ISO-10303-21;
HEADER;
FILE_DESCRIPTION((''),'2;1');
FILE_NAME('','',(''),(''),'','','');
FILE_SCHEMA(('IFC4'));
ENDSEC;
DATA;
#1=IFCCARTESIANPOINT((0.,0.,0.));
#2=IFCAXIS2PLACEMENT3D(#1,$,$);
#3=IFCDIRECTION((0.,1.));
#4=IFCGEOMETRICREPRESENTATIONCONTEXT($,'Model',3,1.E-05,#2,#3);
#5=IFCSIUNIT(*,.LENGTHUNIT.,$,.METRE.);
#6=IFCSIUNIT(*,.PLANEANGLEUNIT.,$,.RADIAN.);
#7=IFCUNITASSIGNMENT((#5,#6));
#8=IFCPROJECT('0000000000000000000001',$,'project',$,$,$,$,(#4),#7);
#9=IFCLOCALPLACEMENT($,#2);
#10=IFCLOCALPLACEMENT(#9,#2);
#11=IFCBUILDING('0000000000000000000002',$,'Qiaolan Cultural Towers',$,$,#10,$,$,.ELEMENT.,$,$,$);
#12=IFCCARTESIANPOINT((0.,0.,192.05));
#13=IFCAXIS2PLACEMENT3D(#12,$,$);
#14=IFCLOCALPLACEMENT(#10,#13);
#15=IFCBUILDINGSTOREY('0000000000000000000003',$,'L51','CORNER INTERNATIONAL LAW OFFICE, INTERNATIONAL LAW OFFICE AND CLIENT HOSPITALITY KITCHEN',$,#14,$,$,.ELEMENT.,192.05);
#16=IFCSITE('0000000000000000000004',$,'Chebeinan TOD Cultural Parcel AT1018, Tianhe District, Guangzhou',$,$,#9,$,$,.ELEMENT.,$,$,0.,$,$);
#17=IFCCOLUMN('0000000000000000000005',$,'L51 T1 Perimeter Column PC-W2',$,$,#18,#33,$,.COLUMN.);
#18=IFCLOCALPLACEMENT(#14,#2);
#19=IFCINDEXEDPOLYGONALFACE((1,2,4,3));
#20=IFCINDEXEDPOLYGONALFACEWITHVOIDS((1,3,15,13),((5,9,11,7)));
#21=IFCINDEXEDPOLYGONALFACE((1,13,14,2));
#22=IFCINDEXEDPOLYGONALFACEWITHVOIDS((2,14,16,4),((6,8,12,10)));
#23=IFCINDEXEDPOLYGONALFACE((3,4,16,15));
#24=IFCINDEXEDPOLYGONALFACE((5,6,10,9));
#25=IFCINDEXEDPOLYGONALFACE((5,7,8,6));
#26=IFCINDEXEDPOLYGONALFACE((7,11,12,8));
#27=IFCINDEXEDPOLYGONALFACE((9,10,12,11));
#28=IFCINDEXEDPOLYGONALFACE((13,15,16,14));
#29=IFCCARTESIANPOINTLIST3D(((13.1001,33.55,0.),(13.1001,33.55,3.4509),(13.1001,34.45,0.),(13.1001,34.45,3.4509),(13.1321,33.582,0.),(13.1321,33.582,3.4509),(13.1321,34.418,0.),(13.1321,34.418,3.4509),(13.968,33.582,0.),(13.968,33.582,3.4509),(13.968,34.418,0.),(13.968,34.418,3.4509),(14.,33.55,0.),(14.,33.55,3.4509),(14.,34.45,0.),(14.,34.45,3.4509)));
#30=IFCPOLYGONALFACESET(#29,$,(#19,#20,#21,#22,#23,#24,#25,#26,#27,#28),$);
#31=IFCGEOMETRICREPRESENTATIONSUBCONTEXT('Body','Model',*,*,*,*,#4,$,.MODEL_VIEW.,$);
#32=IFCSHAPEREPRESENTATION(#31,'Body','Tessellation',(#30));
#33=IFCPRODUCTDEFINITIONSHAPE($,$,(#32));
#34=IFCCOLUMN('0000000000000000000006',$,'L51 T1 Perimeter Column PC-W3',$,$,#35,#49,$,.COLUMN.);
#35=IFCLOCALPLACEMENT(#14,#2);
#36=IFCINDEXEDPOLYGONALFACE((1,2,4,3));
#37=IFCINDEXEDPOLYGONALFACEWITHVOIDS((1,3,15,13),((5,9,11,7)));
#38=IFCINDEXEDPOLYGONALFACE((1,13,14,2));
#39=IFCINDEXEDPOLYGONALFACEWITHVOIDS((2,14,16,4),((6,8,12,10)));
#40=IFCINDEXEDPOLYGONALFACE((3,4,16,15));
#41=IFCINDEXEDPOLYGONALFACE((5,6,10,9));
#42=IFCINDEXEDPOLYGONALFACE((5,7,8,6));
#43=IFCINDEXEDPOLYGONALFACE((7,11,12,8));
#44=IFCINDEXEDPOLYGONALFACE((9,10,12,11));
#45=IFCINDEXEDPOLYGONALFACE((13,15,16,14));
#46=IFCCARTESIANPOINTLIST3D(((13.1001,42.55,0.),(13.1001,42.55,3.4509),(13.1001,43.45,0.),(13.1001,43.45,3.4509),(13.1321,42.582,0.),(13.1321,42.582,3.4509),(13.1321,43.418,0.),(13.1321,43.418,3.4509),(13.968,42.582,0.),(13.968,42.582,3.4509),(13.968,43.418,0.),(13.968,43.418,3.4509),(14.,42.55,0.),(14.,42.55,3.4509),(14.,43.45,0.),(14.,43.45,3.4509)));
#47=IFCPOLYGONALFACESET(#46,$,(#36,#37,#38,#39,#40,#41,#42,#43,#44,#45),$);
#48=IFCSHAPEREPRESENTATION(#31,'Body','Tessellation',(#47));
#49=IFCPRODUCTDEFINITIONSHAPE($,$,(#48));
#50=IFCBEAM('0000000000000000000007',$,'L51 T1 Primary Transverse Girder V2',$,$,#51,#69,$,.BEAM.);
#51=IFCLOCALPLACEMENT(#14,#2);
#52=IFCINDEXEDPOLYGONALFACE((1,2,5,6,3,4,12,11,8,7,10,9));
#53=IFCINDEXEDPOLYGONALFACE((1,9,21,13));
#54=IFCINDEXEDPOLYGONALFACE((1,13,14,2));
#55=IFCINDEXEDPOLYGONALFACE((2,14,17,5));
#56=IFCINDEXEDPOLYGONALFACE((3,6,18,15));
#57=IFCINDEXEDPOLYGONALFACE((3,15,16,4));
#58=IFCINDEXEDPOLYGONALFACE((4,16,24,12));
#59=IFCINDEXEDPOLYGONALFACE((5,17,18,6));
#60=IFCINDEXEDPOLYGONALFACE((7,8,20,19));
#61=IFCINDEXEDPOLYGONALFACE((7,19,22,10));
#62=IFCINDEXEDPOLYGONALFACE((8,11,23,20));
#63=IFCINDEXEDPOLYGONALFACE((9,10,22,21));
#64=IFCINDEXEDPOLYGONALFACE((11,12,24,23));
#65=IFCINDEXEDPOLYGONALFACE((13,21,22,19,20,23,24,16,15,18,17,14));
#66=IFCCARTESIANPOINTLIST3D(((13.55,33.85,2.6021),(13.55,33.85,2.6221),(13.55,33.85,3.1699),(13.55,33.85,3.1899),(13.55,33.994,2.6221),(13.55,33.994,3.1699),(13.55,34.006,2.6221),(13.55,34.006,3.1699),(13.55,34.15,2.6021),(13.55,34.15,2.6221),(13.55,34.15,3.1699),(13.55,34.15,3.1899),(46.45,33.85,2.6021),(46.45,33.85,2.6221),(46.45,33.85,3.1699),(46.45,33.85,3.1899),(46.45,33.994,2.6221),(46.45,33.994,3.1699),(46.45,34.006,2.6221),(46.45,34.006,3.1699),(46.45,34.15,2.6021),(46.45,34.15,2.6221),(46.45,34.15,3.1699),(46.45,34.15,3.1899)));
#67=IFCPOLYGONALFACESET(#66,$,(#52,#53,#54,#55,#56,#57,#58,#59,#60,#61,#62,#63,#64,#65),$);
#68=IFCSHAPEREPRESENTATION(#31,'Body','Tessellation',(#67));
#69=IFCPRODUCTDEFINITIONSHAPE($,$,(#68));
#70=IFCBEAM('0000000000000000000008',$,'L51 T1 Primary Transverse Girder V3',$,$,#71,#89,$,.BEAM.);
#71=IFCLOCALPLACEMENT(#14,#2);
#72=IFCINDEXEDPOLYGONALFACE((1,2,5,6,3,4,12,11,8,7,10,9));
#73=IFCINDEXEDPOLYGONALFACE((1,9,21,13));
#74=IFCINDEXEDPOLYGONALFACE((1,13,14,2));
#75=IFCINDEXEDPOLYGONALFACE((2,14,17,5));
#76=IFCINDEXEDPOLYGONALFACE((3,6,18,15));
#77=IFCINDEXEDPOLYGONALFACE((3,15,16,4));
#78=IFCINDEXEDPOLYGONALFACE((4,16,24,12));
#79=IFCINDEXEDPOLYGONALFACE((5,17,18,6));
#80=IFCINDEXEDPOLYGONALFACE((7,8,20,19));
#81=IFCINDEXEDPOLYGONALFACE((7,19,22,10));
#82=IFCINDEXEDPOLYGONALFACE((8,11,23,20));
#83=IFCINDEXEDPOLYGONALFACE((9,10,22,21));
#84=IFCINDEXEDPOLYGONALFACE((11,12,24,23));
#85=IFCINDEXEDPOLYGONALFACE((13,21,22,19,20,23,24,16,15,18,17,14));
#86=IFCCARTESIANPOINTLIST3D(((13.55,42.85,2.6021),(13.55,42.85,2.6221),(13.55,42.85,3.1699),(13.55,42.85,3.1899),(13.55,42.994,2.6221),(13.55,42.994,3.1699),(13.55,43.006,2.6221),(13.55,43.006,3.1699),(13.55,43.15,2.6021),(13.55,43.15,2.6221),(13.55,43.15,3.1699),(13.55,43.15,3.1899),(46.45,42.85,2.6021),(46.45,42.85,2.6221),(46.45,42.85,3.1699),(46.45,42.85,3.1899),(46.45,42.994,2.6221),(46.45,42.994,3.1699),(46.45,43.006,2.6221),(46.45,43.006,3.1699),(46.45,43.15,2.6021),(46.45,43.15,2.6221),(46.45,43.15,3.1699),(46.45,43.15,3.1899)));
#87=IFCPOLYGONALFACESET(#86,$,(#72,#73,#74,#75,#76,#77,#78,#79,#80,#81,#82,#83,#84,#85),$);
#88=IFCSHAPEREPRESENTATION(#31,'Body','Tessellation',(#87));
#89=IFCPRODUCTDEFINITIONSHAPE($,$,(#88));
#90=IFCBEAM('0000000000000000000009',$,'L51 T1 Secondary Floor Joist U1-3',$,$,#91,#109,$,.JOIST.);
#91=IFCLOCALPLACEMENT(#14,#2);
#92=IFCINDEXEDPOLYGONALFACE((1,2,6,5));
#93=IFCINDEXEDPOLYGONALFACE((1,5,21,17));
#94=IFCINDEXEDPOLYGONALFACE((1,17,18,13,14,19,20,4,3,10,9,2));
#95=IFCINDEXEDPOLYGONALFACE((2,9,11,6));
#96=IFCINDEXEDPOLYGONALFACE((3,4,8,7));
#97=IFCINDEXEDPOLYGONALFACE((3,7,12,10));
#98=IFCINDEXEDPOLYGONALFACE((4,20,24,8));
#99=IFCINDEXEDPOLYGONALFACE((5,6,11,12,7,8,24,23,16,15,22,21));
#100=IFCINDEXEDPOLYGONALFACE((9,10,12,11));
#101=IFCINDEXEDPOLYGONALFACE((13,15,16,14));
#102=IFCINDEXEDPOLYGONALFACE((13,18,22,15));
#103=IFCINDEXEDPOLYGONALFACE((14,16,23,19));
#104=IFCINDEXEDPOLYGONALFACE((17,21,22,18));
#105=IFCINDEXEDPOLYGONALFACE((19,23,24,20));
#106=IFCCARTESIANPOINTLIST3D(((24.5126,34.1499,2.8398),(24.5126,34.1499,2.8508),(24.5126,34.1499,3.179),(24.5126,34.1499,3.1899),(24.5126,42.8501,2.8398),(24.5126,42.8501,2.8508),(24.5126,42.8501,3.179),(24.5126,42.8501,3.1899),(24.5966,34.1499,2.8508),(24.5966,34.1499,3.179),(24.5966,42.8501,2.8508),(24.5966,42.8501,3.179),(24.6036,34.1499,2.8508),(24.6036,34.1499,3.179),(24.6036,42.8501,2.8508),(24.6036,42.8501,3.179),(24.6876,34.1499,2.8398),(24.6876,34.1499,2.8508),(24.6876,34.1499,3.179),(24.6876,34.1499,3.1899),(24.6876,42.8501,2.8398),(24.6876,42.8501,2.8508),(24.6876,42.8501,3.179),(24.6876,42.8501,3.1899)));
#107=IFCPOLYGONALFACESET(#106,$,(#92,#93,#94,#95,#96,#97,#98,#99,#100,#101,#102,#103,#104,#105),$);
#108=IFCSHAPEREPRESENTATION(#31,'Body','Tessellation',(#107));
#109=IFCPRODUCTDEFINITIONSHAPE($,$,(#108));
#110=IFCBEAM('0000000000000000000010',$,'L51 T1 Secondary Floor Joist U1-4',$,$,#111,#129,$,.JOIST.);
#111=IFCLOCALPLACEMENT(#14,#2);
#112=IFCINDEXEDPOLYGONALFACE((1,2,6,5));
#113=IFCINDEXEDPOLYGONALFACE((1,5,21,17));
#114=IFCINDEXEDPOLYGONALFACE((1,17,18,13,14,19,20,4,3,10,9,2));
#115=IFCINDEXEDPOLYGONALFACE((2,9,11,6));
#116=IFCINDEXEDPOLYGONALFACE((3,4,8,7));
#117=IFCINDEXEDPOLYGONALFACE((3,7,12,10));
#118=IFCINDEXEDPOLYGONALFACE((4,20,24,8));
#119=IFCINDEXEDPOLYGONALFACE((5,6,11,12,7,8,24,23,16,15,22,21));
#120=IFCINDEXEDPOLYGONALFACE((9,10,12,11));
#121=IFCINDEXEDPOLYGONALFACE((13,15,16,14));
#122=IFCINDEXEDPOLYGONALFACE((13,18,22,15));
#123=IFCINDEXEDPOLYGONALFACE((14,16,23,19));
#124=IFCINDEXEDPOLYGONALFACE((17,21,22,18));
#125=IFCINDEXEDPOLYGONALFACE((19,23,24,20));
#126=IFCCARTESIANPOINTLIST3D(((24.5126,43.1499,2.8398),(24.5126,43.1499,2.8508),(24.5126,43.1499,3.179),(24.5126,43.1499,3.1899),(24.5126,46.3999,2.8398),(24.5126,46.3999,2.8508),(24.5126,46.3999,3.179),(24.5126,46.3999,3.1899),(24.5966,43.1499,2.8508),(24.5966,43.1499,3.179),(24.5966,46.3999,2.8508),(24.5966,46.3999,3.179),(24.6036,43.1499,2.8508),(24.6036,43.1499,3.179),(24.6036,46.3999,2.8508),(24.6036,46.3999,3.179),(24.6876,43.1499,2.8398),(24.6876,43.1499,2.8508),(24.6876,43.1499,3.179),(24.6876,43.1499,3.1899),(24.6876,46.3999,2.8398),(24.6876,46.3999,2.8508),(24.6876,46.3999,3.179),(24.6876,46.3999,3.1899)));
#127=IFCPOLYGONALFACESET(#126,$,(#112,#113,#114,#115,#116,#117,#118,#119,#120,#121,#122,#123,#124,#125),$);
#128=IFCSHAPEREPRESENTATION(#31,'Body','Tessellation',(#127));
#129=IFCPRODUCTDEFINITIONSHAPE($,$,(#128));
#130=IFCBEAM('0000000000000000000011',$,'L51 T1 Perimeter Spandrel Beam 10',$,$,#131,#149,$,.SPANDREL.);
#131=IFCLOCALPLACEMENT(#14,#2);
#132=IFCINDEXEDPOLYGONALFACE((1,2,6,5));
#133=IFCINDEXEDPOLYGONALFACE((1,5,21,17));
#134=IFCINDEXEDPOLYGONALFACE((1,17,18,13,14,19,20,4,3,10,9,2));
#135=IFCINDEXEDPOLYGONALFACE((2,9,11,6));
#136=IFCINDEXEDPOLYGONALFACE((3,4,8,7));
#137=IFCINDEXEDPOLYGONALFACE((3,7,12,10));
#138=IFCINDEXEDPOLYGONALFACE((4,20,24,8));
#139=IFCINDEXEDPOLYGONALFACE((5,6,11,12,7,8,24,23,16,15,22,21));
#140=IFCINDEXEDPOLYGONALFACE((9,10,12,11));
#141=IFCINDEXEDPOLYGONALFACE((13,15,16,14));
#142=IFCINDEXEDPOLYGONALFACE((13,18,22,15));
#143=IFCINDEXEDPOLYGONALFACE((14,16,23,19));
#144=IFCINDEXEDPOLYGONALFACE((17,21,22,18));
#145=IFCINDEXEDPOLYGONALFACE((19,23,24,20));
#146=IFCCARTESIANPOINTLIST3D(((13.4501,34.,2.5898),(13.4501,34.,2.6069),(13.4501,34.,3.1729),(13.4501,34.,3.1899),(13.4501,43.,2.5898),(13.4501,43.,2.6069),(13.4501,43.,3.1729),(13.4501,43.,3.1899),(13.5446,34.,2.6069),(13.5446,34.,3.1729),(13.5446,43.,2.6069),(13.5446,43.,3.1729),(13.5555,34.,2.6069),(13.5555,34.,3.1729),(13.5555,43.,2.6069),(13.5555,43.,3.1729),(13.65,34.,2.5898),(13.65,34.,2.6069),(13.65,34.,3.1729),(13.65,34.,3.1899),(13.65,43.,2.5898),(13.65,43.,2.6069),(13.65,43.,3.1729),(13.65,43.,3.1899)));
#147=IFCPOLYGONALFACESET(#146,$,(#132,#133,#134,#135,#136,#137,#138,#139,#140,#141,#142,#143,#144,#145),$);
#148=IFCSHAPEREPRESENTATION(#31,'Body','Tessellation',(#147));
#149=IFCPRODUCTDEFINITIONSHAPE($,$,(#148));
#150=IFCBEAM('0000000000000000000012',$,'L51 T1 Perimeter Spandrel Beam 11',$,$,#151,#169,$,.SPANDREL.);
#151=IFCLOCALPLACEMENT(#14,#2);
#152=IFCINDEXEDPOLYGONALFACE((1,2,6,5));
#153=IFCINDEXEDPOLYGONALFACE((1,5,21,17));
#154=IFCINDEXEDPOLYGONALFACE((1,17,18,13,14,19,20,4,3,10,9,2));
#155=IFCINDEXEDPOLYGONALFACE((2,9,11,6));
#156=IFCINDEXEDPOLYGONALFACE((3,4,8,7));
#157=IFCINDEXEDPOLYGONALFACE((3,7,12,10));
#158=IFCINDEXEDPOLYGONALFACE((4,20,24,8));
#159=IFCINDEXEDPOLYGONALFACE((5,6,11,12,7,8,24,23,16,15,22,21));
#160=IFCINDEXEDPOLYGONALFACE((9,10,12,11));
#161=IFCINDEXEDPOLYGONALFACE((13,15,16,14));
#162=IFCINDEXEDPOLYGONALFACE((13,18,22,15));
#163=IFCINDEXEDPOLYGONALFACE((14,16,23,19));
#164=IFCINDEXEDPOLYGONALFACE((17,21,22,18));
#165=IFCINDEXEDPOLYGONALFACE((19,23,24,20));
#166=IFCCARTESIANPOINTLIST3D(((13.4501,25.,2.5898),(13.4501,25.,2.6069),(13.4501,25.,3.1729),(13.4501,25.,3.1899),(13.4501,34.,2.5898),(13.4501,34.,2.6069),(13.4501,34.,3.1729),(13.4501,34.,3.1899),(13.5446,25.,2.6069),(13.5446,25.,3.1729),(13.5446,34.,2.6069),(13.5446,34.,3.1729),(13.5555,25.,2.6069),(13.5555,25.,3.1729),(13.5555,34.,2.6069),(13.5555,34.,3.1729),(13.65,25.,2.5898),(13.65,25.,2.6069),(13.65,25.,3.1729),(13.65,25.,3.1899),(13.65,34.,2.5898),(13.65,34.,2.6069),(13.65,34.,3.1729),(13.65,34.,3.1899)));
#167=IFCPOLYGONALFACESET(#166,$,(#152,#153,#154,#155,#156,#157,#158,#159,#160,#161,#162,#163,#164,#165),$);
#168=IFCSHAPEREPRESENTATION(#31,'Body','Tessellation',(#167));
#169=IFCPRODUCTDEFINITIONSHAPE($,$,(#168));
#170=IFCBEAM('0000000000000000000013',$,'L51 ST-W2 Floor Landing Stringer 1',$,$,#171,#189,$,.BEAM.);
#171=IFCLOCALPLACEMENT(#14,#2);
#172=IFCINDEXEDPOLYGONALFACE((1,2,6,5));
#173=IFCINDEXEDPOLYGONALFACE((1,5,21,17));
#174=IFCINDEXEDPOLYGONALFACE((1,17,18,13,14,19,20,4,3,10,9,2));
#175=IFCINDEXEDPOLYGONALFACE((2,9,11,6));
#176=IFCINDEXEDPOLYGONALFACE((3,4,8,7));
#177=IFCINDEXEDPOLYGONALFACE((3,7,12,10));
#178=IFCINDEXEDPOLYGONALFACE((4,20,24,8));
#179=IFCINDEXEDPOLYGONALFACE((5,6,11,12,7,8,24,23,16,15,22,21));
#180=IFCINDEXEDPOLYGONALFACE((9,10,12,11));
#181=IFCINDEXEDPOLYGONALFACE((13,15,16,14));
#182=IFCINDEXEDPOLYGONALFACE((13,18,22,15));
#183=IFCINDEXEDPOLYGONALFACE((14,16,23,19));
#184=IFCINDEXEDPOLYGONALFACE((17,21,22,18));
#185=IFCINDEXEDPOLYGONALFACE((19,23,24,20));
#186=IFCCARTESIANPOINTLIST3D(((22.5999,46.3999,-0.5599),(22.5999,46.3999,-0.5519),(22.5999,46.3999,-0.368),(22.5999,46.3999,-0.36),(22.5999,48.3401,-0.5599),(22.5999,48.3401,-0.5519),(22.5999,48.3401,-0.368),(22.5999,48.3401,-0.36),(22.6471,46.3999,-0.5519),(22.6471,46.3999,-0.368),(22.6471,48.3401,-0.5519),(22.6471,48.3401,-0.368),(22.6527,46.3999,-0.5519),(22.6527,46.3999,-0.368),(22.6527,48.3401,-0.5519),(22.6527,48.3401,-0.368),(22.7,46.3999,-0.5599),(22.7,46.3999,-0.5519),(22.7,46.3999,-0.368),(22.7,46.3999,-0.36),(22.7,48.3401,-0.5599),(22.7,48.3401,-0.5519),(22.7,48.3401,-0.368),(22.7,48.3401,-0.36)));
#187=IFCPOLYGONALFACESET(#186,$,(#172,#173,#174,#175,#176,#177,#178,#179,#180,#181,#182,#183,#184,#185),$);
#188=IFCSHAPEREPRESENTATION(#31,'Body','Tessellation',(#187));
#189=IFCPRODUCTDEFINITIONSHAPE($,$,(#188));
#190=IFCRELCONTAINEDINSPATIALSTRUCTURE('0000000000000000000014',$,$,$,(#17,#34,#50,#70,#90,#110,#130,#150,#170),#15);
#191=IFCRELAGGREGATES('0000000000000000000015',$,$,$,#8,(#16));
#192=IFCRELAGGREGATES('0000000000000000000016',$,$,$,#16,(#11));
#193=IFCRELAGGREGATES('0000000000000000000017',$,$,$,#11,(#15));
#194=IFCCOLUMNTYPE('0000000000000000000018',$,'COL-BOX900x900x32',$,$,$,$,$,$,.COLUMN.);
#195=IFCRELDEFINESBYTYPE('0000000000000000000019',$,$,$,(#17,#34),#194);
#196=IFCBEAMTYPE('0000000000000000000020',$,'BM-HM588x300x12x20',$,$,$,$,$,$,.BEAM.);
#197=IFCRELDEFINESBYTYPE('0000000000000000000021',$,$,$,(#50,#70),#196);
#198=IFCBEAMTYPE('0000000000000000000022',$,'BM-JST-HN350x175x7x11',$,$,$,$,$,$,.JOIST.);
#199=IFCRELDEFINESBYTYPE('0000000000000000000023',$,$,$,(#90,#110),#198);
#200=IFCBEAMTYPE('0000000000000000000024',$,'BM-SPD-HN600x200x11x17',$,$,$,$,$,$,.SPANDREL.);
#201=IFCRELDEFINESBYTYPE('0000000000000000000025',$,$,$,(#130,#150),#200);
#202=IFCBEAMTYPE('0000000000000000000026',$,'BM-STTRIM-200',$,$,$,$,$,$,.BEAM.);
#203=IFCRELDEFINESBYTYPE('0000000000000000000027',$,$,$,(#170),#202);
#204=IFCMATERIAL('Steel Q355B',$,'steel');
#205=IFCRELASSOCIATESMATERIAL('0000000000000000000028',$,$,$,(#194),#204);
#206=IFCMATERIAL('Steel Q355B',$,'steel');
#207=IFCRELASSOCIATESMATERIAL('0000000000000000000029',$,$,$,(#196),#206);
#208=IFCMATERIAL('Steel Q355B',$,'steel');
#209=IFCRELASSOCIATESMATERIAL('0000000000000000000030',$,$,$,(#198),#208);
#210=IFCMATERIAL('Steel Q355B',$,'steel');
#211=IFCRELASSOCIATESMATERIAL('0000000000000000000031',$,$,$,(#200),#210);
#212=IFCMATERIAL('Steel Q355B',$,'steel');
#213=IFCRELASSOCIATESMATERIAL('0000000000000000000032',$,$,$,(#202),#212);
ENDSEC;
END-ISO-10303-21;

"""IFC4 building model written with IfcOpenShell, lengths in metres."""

from ifc_helpers import new_model, si_unit, direction, frame, origin, origin_2d, place, context, subcontext, project, spatial, hollow_rectangle, i_section, extrude, material, material_profile, profile_set, type_object, element, save


model = new_model("IFC4")

# Units and contexts
model_context = context("Model", 3, precision=1e-05, world=origin(), true_north=direction((0.0, 1.0)))
body_context = subcontext(model_context, "Body", "Model", "MODEL_VIEW")
ifc_project = project(units=[si_unit("LENGTHUNIT", "METRE"), si_unit("PLANEANGLEUNIT", "RADIAN")], contexts=[model_context])

# Site, building, storey
site_placement = place(None, origin())
site = spatial("IfcSite", under=ifc_project, at=site_placement, Name="Chebeinan TOD Cultural Parcel AT1018, Tianhe District, Guangzhou", CompositionType="ELEMENT", RefElevation=0.0)
building_placement = place(site_placement, origin())
building = spatial("IfcBuilding", under=site, at=building_placement, Name="Qiaolan Cultural Towers", CompositionType="ELEMENT")
storey_placement = place(building_placement, frame((0.0, 0.0, 192.05)))
storey = spatial("IfcBuildingStorey", under=building, at=storey_placement, Name="L51", Description="CORNER INTERNATIONAL LAW OFFICE, INTERNATIONAL LAW OFFICE AND CLIENT HOSPITALITY KITCHEN", CompositionType="ELEMENT", Elevation=192.05)

# Columns
ifc_material_1 = material(Name="Steel Q355B", Category="steel")
ifc_material_profile_1 = material_profile(ifc_material_1, hollow_rectangle(XDim=0.8999, YDim=0.8999, WallThickness=0.032, at=origin_2d()), Name="BOX900x900x32")
ifc_profile_set_1 = profile_set([ifc_material_profile_1], Name="Steel Q355B")
column_type = type_object("IfcColumnType", Name="COL-BOX900x900x32", PredefinedType="COLUMN", material=ifc_profile_set_1)
for number, where, z_axis, x_axis, name in (
    (1, (13.55, 34.0, 0.0), (0.0, 0.0, 1.0), (1.0, 0.0, 0.0), "L51 T1 Perimeter Column PC-W2"),
    (2, (13.55, 43.0, 0.0), (0.0, 0.0, 1.0), (1.0, 0.0, 0.0), "L51 T1 Perimeter Column PC-W3"),
):
    element("IfcColumn", number, at=place(storey_placement, frame(where, z_axis=z_axis, x_axis=x_axis)), inside=storey, type_object=column_type, Name=name, PredefinedType="COLUMN", context=body_context, shape_type="SweptSolid", body=[
        extrude(hollow_rectangle(XDim=0.8999, YDim=0.8999, WallThickness=0.032, at=origin_2d()), origin(), (0.0, 0.0, 1.0), 3.4509),
    ])

# Beams
ifc_material_2 = material(Name="Steel Q355B", Category="steel")
ifc_material_profile_2 = material_profile(ifc_material_2, i_section(OverallWidth=0.3, OverallDepth=0.5879, WebThickness=0.012, FlangeThickness=0.02, at=origin_2d()), Name="HM588x300x12x20")
ifc_profile_set_2 = profile_set([ifc_material_profile_2], Name="Steel Q355B")
beam_type_1 = type_object("IfcBeamType", Name="BM-HM588x300x12x20", PredefinedType="BEAM", material=ifc_profile_set_2)
for number, where, z_axis, x_axis, name in (
    (3, (13.55, 34.0, 2.896), (1.0, 0.0, 0.0), (0.0, 1.0, 0.0), "L51 T1 Primary Transverse Girder V2"),
    (4, (13.55, 43.0, 2.896), (1.0, 0.0, 0.0), (0.0, 1.0, 0.0), "L51 T1 Primary Transverse Girder V3"),
):
    element("IfcBeam", number, at=place(storey_placement, frame(where, z_axis=z_axis, x_axis=x_axis)), inside=storey, type_object=beam_type_1, Name=name, PredefinedType="BEAM", context=body_context, shape_type="SweptSolid", body=[
        extrude(i_section(OverallWidth=0.3, OverallDepth=0.5879, WebThickness=0.012, FlangeThickness=0.02, at=origin_2d()), origin(), (0.0, 0.0, 1.0), 32.8999),
    ])
ifc_material_3 = material(Name="Steel Q355B", Category="steel")
ifc_material_profile_3 = material_profile(ifc_material_3, i_section(OverallWidth=0.175, OverallDepth=0.3501, WebThickness=0.0071, FlangeThickness=0.011, at=origin_2d()), Name="HN350x175x7x11")
ifc_profile_set_3 = profile_set([ifc_material_profile_3], Name="Steel Q355B")
beam_type_2 = type_object("IfcBeamType", Name="BM-JST-HN350x175x7x11", PredefinedType="JOIST", material=ifc_profile_set_3)
beam_1_placement = place(storey_placement, frame((24.6001, 34.1499, 3.0149), z_axis=(0.0, 1.0, 0.0), x_axis=(-1.0, 0.0, 0.0)))
element("IfcBeam", 5, at=beam_1_placement, inside=storey, type_object=beam_type_2, Name="L51 T1 Secondary Floor Joist U1-3", PredefinedType="JOIST", context=body_context, shape_type="SweptSolid", body=[
    extrude(i_section(OverallWidth=0.175, OverallDepth=0.3501, WebThickness=0.0071, FlangeThickness=0.011, at=origin_2d()), origin(), (0.0, 0.0, 1.0), 8.7002),
])
beam_2_placement = place(storey_placement, frame((24.6001, 43.1499, 3.0149), z_axis=(0.0, 1.0, 0.0), x_axis=(-1.0, 0.0, 0.0)))
element("IfcBeam", 6, at=beam_2_placement, inside=storey, type_object=beam_type_2, Name="L51 T1 Secondary Floor Joist U1-4", PredefinedType="JOIST", context=body_context, shape_type="SweptSolid", body=[
    extrude(i_section(OverallWidth=0.175, OverallDepth=0.3501, WebThickness=0.0071, FlangeThickness=0.011, at=origin_2d()), origin(), (0.0, 0.0, 1.0), 3.25),
])
ifc_material_4 = material(Name="Steel Q355B", Category="steel")
ifc_material_profile_4 = material_profile(ifc_material_4, i_section(OverallWidth=0.2, OverallDepth=0.6001, WebThickness=0.011, FlangeThickness=0.0171, at=origin_2d()), Name="HN600x200x11x17")
ifc_profile_set_4 = profile_set([ifc_material_profile_4], Name="Steel Q355B")
beam_type_3 = type_object("IfcBeamType", Name="BM-SPD-HN600x200x11x17", PredefinedType="SPANDREL", material=ifc_profile_set_4)
for number, where, z_axis, x_axis, name in (
    (7, (13.55, 43.0, 2.8899), (0.0, -1.0, 0.0), (1.0, 0.0, 0.0), "L51 T1 Perimeter Spandrel Beam 10"),
    (8, (13.55, 34.0, 2.8899), (0.0, -1.0, 0.0), (1.0, 0.0, 0.0), "L51 T1 Perimeter Spandrel Beam 11"),
):
    element("IfcBeam", number, at=place(storey_placement, frame(where, z_axis=z_axis, x_axis=x_axis)), inside=storey, type_object=beam_type_3, Name=name, PredefinedType="SPANDREL", context=body_context, shape_type="SweptSolid", body=[
        extrude(i_section(OverallWidth=0.2, OverallDepth=0.6001, WebThickness=0.011, FlangeThickness=0.0171, at=origin_2d()), origin(), (0.0, 0.0, 1.0), 9.0),
    ])
ifc_material_5 = material(Name="Steel Q355B", Category="steel")
ifc_material_profile_5 = material_profile(ifc_material_5, i_section(OverallWidth=0.1001, OverallDepth=0.2, WebThickness=0.0056, FlangeThickness=0.0081, at=origin_2d()), Name="HN200x100x5.5x8")
ifc_profile_set_5 = profile_set([ifc_material_profile_5], Name="Steel Q355B")
beam_type_4 = type_object("IfcBeamType", Name="BM-STTRIM-200", PredefinedType="BEAM", material=ifc_profile_set_5)
for number, where, z_axis, x_axis, name in (
    (9, (22.6499, 46.3999, -0.46), (0.0, 1.0, 0.0), (-1.0, 0.0, 0.0), "L51 ST-W2 Floor Landing Stringer 1"),
):
    element("IfcBeam", number, at=place(storey_placement, frame(where, z_axis=z_axis, x_axis=x_axis)), inside=storey, type_object=beam_type_4, Name=name, PredefinedType="BEAM", context=body_context, shape_type="SweptSolid", body=[
        extrude(i_section(OverallWidth=0.1001, OverallDepth=0.2, WebThickness=0.0056, FlangeThickness=0.0081, at=origin_2d()), origin(), (0.0, 0.0, 1.0), 1.9402),
    ])

save(model, "model.ifc")
